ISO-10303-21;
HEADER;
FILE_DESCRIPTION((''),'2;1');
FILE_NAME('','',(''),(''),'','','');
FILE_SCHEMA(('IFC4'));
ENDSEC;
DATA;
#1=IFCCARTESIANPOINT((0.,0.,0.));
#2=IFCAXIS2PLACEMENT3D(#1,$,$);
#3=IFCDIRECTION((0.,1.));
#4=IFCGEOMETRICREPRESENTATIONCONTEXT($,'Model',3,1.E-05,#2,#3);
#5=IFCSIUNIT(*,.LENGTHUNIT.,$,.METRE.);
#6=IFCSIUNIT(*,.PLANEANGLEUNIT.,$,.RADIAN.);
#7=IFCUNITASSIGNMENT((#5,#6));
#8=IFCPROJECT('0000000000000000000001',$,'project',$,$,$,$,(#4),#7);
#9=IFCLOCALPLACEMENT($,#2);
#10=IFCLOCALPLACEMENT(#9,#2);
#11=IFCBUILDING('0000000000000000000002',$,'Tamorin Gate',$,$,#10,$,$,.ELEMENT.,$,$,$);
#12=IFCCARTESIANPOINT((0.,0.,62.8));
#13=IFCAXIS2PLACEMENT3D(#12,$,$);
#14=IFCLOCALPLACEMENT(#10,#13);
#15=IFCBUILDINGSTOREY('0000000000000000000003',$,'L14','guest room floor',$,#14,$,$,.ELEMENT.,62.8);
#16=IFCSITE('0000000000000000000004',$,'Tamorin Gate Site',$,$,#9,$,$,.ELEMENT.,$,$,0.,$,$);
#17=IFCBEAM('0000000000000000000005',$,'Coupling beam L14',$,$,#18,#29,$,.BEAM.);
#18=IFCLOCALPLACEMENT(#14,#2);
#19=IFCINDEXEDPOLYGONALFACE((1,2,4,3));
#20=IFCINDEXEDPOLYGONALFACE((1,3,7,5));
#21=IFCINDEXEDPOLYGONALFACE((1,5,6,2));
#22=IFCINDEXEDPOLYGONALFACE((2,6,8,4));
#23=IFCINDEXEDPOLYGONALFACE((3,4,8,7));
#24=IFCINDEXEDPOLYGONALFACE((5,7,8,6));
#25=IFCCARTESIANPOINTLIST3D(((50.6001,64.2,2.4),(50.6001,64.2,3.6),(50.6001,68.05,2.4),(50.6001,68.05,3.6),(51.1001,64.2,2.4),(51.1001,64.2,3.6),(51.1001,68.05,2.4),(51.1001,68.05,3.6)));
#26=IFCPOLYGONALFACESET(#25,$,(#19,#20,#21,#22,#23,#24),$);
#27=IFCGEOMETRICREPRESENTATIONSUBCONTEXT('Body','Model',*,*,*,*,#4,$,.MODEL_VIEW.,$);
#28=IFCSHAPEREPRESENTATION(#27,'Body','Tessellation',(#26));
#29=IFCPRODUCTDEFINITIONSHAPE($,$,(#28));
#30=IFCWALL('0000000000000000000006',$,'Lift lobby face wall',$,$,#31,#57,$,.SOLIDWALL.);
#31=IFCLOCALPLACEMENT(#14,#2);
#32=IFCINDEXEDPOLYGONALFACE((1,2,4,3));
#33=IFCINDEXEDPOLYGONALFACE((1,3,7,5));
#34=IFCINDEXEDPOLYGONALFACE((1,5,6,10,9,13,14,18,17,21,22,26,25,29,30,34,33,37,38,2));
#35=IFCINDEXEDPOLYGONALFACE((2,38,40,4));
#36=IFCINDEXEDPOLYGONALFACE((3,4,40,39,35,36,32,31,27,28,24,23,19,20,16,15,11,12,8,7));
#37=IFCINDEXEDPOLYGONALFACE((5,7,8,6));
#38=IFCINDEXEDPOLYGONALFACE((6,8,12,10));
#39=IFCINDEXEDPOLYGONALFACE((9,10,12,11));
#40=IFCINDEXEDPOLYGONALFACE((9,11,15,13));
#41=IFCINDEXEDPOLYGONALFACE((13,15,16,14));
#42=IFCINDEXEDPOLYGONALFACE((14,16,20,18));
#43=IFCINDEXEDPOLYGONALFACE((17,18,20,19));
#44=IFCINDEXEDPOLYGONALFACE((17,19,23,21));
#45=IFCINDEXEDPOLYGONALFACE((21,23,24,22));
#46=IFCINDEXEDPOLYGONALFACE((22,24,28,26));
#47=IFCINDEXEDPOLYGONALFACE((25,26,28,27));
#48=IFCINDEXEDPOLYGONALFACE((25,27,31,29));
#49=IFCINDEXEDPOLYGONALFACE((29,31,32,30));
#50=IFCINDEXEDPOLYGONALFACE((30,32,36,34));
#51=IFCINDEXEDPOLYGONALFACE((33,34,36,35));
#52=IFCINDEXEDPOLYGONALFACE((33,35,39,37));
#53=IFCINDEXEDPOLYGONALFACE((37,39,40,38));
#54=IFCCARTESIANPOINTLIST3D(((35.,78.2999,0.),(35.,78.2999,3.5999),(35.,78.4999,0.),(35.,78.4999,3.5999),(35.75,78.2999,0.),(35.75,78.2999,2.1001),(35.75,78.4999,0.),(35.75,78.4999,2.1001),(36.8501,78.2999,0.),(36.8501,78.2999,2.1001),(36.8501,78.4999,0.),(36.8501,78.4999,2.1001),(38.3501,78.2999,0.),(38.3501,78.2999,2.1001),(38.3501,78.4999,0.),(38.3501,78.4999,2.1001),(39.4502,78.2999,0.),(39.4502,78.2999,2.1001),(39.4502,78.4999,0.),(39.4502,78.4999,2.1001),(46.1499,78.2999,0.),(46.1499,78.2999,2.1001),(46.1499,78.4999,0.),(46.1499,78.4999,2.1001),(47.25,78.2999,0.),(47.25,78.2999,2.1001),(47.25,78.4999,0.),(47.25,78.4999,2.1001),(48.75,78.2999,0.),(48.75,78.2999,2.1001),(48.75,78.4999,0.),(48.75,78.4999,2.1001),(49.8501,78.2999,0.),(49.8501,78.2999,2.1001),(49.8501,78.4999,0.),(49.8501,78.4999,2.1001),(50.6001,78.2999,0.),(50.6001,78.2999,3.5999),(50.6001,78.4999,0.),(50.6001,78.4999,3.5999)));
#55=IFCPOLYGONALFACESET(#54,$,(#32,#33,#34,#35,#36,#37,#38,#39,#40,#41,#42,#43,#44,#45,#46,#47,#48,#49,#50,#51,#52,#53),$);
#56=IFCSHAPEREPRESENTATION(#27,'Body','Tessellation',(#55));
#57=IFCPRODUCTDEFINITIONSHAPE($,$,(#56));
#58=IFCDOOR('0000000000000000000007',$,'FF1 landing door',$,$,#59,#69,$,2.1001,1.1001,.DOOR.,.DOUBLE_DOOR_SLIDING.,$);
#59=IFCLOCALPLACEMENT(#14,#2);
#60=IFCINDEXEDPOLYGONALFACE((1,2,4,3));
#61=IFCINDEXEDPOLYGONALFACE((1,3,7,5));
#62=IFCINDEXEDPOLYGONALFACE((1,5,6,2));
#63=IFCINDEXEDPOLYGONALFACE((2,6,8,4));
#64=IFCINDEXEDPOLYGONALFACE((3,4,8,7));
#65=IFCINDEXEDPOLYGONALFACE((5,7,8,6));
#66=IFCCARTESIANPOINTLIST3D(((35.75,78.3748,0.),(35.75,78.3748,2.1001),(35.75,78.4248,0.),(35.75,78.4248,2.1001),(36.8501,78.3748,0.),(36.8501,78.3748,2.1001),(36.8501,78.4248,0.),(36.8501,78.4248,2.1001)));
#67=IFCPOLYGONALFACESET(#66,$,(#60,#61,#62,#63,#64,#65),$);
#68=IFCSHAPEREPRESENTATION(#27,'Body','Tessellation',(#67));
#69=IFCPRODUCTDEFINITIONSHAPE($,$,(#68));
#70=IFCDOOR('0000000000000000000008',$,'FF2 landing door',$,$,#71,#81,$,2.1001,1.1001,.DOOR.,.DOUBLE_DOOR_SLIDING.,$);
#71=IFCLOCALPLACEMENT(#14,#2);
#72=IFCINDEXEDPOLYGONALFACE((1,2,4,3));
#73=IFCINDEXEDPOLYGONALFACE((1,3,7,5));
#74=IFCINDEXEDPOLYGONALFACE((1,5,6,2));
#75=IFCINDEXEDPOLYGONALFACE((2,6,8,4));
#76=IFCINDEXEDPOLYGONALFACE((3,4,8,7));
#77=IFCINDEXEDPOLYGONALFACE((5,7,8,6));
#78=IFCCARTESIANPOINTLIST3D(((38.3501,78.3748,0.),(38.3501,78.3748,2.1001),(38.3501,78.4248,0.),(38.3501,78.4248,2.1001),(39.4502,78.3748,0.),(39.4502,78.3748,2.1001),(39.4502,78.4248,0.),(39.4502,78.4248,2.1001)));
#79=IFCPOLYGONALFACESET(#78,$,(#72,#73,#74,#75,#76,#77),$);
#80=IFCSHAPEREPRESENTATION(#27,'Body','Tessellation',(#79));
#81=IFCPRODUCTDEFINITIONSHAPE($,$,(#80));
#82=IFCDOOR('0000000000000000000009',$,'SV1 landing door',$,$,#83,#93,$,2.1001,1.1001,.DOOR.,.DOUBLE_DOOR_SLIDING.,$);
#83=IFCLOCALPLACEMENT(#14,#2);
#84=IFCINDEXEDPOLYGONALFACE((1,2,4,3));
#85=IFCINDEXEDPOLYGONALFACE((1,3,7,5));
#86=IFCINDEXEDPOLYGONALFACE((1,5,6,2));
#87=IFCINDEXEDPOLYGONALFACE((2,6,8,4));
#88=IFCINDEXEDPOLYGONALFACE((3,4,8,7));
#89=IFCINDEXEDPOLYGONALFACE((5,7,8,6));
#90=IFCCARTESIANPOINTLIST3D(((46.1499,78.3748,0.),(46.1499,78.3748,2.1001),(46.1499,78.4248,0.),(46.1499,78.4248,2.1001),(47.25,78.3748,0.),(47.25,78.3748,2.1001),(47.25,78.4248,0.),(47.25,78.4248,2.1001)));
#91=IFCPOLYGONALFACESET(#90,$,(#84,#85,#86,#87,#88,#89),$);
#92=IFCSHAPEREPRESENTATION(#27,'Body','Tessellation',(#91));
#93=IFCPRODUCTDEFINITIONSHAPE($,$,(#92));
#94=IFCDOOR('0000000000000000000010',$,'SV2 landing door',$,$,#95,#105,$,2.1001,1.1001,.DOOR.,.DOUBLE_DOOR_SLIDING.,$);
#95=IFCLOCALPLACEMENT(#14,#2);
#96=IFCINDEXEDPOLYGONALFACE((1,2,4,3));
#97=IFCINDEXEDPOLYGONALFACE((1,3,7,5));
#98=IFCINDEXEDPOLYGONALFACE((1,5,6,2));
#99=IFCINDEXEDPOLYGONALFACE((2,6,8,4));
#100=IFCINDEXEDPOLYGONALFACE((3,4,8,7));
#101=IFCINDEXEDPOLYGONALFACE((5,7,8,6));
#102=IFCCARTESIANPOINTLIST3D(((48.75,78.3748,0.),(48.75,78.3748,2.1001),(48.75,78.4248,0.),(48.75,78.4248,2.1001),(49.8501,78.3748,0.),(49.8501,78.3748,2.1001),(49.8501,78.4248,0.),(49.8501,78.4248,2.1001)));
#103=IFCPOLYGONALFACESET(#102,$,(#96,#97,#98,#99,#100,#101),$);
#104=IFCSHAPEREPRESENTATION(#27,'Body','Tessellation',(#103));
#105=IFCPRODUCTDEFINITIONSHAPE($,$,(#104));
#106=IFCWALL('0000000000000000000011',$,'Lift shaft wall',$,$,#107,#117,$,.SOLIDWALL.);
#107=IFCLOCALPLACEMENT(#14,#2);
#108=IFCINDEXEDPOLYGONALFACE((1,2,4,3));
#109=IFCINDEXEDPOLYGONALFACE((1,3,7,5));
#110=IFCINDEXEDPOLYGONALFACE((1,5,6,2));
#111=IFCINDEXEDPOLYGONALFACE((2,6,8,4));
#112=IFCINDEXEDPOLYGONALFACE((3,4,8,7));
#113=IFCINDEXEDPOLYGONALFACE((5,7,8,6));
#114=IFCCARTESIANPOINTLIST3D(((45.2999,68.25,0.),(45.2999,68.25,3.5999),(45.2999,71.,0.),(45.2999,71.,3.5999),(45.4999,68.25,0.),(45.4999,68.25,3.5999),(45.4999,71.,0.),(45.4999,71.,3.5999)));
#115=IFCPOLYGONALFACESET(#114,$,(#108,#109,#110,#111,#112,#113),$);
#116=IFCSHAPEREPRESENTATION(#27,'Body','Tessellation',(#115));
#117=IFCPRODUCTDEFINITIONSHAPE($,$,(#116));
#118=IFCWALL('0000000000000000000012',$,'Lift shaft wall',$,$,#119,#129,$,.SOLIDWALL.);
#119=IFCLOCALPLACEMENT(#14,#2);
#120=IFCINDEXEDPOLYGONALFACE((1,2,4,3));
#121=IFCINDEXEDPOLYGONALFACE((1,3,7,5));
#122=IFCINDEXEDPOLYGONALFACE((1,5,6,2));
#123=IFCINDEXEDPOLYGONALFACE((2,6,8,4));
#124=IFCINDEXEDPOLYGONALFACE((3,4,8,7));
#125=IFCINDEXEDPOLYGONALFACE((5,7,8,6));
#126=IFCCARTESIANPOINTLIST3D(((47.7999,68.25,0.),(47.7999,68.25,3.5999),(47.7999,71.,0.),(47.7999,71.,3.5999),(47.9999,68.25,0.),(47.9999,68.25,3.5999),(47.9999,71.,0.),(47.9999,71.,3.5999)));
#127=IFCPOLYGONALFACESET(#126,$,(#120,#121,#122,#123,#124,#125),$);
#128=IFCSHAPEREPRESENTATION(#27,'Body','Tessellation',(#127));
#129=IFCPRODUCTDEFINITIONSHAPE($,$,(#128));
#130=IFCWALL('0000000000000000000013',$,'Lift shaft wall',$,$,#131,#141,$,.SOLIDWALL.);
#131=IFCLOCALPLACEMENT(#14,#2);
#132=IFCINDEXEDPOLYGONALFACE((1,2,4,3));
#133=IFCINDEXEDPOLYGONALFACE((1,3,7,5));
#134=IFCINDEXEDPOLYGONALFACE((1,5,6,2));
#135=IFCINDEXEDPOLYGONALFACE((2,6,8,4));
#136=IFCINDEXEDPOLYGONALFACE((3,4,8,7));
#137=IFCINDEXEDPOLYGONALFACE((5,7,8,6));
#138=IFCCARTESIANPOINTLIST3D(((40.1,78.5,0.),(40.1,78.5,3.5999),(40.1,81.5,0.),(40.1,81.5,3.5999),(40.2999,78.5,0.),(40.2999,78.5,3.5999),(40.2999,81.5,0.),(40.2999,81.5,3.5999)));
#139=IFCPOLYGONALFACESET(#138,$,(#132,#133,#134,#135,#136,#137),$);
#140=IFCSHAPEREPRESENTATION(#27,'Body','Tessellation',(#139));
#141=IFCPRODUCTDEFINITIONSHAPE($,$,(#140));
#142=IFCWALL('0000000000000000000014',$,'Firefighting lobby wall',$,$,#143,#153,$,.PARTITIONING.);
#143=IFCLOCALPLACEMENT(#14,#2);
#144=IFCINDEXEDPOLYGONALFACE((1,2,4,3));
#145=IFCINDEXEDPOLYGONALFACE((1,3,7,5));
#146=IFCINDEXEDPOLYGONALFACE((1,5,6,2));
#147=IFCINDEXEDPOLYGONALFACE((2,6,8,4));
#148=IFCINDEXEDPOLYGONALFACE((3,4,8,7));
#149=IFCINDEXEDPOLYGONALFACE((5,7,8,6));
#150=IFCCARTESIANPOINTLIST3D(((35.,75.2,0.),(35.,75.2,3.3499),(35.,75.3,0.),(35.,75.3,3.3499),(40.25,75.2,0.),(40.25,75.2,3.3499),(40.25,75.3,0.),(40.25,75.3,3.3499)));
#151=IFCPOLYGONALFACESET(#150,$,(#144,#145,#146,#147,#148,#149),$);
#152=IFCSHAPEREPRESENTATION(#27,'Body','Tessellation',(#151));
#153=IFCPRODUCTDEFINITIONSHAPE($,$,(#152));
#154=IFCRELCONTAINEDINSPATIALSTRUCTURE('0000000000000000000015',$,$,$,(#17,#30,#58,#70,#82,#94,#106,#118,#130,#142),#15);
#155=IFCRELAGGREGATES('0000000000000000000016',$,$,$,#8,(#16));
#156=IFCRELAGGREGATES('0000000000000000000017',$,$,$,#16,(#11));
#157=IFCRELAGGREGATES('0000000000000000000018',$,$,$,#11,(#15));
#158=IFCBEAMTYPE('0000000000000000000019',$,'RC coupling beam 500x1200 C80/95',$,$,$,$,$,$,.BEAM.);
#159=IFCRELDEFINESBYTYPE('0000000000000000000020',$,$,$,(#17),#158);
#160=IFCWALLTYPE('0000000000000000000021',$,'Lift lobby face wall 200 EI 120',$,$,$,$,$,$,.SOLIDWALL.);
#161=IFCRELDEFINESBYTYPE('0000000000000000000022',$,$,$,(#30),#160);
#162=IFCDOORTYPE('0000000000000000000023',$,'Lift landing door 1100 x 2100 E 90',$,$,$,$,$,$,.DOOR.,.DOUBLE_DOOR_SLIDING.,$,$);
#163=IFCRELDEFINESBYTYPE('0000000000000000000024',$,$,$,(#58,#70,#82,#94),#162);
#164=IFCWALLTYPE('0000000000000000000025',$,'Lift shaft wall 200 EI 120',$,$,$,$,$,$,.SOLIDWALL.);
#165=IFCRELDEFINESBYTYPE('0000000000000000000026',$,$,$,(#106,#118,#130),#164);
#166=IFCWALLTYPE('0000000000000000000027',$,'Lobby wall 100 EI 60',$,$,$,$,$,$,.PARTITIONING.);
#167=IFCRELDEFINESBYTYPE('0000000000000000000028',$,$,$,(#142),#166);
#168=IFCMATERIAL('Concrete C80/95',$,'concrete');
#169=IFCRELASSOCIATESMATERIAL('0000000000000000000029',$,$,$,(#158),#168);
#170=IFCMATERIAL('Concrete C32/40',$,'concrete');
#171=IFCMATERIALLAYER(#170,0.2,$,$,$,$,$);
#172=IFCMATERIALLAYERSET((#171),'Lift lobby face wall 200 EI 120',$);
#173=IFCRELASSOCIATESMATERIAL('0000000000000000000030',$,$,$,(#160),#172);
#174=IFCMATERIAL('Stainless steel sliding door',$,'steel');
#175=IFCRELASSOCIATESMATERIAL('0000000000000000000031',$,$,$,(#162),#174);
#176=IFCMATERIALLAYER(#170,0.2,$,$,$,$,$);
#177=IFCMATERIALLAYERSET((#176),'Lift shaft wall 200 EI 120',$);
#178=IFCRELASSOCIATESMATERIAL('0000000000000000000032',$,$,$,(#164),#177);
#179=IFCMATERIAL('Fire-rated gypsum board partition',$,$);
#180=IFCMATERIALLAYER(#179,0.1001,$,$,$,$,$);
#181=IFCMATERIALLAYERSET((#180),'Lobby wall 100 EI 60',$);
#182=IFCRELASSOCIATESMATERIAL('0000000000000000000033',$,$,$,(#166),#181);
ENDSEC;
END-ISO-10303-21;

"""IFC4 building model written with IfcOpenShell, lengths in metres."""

from ifc_helpers import new_model, si_unit, direction, frame, frame_2d, origin, origin_2d, place, context, subcontext, project, spatial, rectangle, extrude, material, layer, layer_set, material_profile, profile_set, type_object, element, fill, save


model = new_model("IFC4")

# Units and contexts
model_context = context("Model", 3, precision=1e-05, world=origin(), true_north=direction((0.0, 1.0)))
body_context = subcontext(model_context, "Body", "Model", "MODEL_VIEW")
ifc_project = project(units=[si_unit("LENGTHUNIT", "METRE"), si_unit("PLANEANGLEUNIT", "RADIAN")], contexts=[model_context])

# Site, building, storey
site_placement = place(None, origin())
site = spatial("IfcSite", under=ifc_project, at=site_placement, Name="Tamorin Gate Site", CompositionType="ELEMENT", RefElevation=0.0)
building_placement = place(site_placement, origin())
building = spatial("IfcBuilding", under=site, at=building_placement, Name="Tamorin Gate", CompositionType="ELEMENT")
storey_placement = place(building_placement, frame((0.0, 0.0, 62.8)))
storey = spatial("IfcBuildingStorey", under=building, at=storey_placement, Name="L14", Description="guest room floor", CompositionType="ELEMENT", Elevation=62.8)

# Beam
ifc_material_1 = material(Name="Concrete C80/95", Category="concrete")
ifc_material_profile = material_profile(ifc_material_1, rectangle(XDim=0.5, YDim=1.2, at=origin_2d()), Name="RC 500x1200")
ifc_profile_set = profile_set([ifc_material_profile], Name="Concrete C80/95")
beam_type = type_object("IfcBeamType", Name="RC coupling beam 500x1200 C80/95", PredefinedType="BEAM", material=ifc_profile_set)
beam_placement = place(storey_placement, frame((50.8501, 64.2, 3.0), z_axis=(0.0, 1.0, 0.0), x_axis=(-1.0, 0.0, 0.0)))
element("IfcBeam", 1, at=beam_placement, inside=storey, type_object=beam_type, Name="Coupling beam L14", PredefinedType="BEAM", context=body_context, shape_type="SweptSolid", body=[
    extrude(rectangle(XDim=0.5, YDim=1.2, at=origin_2d()), origin(), (0.0, 0.0, 1.0), 3.8501),
])

# Wall, openings, doors
ifc_material_2 = material(Name="Concrete C32/40", Category="concrete")
ifc_layer_1 = layer(ifc_material_2, 0.2)
ifc_layer_set_1 = layer_set([ifc_layer_1], Name="Lift lobby face wall 200 EI 120")
wall_type_1 = type_object("IfcWallType", Name="Lift lobby face wall 200 EI 120", PredefinedType="SOLIDWALL", material=ifc_layer_set_1)
wall_1_placement = place(storey_placement, frame((35.0, 78.3999, 0.0), z_axis=(0.0, 0.0, 1.0), x_axis=(1.0, 0.0, 0.0)))
wall_1 = element("IfcWall", 2, at=wall_1_placement, inside=storey, type_object=wall_type_1, Name="Lift lobby face wall", PredefinedType="SOLIDWALL", context=body_context, shape_type="SweptSolid", body=[
    extrude(rectangle(XDim=15.6001, YDim=0.2, at=frame_2d((7.8, 0.0))), origin(), (0.0, 0.0, 1.0), 3.5999),
])
opening_1_placement = place(wall_1_placement, frame((0.75, 0.0, 0.0)))
opening_1 = element("IfcOpeningElement", 3, at=opening_1_placement, cuts=wall_1, PredefinedType="OPENING", context=body_context, shape_type="SweptSolid", body=[
    extrude(rectangle(XDim=1.1001, YDim=2.1001, at=frame_2d((0.55, 1.05))), frame((0.0, 0.1099, 0.0), z_axis=(0.0, -1.0, 0.0), x_axis=(1.0, 0.0, 0.0)), (0.0, 0.0, 1.0), 0.22),
])
opening_2_placement = place(wall_1_placement, frame((3.3501, 0.0, 0.0)))
opening_2 = element("IfcOpeningElement", 4, at=opening_2_placement, cuts=wall_1, PredefinedType="OPENING", context=body_context, shape_type="SweptSolid", body=[
    extrude(rectangle(XDim=1.1001, YDim=2.1001, at=frame_2d((0.55, 1.05))), frame((0.0, 0.1099, 0.0), z_axis=(0.0, -1.0, 0.0), x_axis=(1.0, 0.0, 0.0)), (0.0, 0.0, 1.0), 0.22),
])
opening_3_placement = place(wall_1_placement, frame((11.1499, 0.0, 0.0)))
opening_3 = element("IfcOpeningElement", 5, at=opening_3_placement, cuts=wall_1, PredefinedType="OPENING", context=body_context, shape_type="SweptSolid", body=[
    extrude(rectangle(XDim=1.1001, YDim=2.1001, at=frame_2d((0.55, 1.05))), frame((0.0, 0.1099, 0.0), z_axis=(0.0, -1.0, 0.0), x_axis=(1.0, 0.0, 0.0)), (0.0, 0.0, 1.0), 0.22),
])
opening_4_placement = place(wall_1_placement, frame((13.75, 0.0, 0.0)))
opening_4 = element("IfcOpeningElement", 6, at=opening_4_placement, cuts=wall_1, PredefinedType="OPENING", context=body_context, shape_type="SweptSolid", body=[
    extrude(rectangle(XDim=1.1001, YDim=2.1001, at=frame_2d((0.55, 1.05))), frame((0.0, 0.1099, 0.0), z_axis=(0.0, -1.0, 0.0), x_axis=(1.0, 0.0, 0.0)), (0.0, 0.0, 1.0), 0.22),
])
ifc_material_3 = material(Name="Stainless steel sliding door", Category="steel")
door_type_1 = type_object("IfcDoorType", Name="Lift landing door 1100 x 2100 E 90", OperationType="DOUBLE_DOOR_SLIDING", PredefinedType="DOOR", material=ifc_material_3)
door_1_placement = place(opening_1_placement, origin())
door_1 = element("IfcDoor", 7, at=door_1_placement, inside=storey, type_object=door_type_1, Name="FF1 landing door", OperationType="DOUBLE_DOOR_SLIDING", OverallHeight=2.1001, OverallWidth=1.1001, PredefinedType="DOOR", context=body_context, shape_type="SweptSolid", body=[
    extrude(rectangle(XDim=1.1001, YDim=2.1001, at=frame_2d((0.55, 1.05))), frame((0.0, 0.0249, 0.0), z_axis=(0.0, -1.0, 0.0), x_axis=(1.0, 0.0, 0.0)), (0.0, 0.0, 1.0), 0.05),
])
fill(opening_1, door_1)
door_2_placement = place(opening_2_placement, origin())
door_2 = element("IfcDoor", 8, at=door_2_placement, inside=storey, type_object=door_type_1, Name="FF2 landing door", OperationType="DOUBLE_DOOR_SLIDING", OverallHeight=2.1001, OverallWidth=1.1001, PredefinedType="DOOR", context=body_context, shape_type="SweptSolid", body=[
    extrude(rectangle(XDim=1.1001, YDim=2.1001, at=frame_2d((0.55, 1.05))), frame((0.0, 0.0249, 0.0), z_axis=(0.0, -1.0, 0.0), x_axis=(1.0, 0.0, 0.0)), (0.0, 0.0, 1.0), 0.05),
])
fill(opening_2, door_2)
door_3_placement = place(opening_3_placement, origin())
door_3 = element("IfcDoor", 9, at=door_3_placement, inside=storey, type_object=door_type_1, Name="SV1 landing door", OperationType="DOUBLE_DOOR_SLIDING", OverallHeight=2.1001, OverallWidth=1.1001, PredefinedType="DOOR", context=body_context, shape_type="SweptSolid", body=[
    extrude(rectangle(XDim=1.1001, YDim=2.1001, at=frame_2d((0.55, 1.05))), frame((0.0, 0.0249, 0.0), z_axis=(0.0, -1.0, 0.0), x_axis=(1.0, 0.0, 0.0)), (0.0, 0.0, 1.0), 0.05),
])
fill(opening_3, door_3)
door_4_placement = place(opening_4_placement, origin())
door_4 = element("IfcDoor", 10, at=door_4_placement, inside=storey, type_object=door_type_1, Name="SV2 landing door", OperationType="DOUBLE_DOOR_SLIDING", OverallHeight=2.1001, OverallWidth=1.1001, PredefinedType="DOOR", context=body_context, shape_type="SweptSolid", body=[
    extrude(rectangle(XDim=1.1001, YDim=2.1001, at=frame_2d((0.55, 1.05))), frame((0.0, 0.0249, 0.0), z_axis=(0.0, -1.0, 0.0), x_axis=(1.0, 0.0, 0.0)), (0.0, 0.0, 1.0), 0.05),
])
fill(opening_4, door_4)

# Walls
ifc_layer_2 = layer(ifc_material_2, 0.2)
ifc_layer_set_2 = layer_set([ifc_layer_2], Name="Lift shaft wall 200 EI 120")
wall_type_2 = type_object("IfcWallType", Name="Lift shaft wall 200 EI 120", PredefinedType="SOLIDWALL", material=ifc_layer_set_2)
for number, where, z_axis, x_axis, name in (
    (11, (45.3999, 68.25, 0.0), (0.0, 0.0, 1.0), (0.0, 1.0, 0.0), "Lift shaft wall"),
    (12, (47.8999, 68.25, 0.0), (0.0, 0.0, 1.0), (0.0, 1.0, 0.0), "Lift shaft wall"),
):
    element("IfcWall", number, at=place(storey_placement, frame(where, z_axis=z_axis, x_axis=x_axis)), inside=storey, type_object=wall_type_2, Name=name, PredefinedType="SOLIDWALL", context=body_context, shape_type="SweptSolid", body=[
        extrude(rectangle(XDim=2.75, YDim=0.2, at=frame_2d((1.375, 0.0))), origin(), (0.0, 0.0, 1.0), 3.5999),
    ])
wall_2_placement = place(storey_placement, frame((40.2, 78.5, 0.0), z_axis=(0.0, 0.0, 1.0), x_axis=(0.0, 1.0, 0.0)))
element("IfcWall", 13, at=wall_2_placement, inside=storey, type_object=wall_type_2, Name="Lift shaft wall", PredefinedType="SOLIDWALL", context=body_context, shape_type="SweptSolid", body=[
    extrude(rectangle(XDim=3.0, YDim=0.2, at=frame_2d((1.5, 0.0))), origin(), (0.0, 0.0, 1.0), 3.5999),
])
ifc_material_4 = material(Name="Fire-rated gypsum board partition")
ifc_layer_3 = layer(ifc_material_4, 0.1001)
ifc_layer_set_3 = layer_set([ifc_layer_3], Name="Lobby wall 100 EI 60")
wall_type_3 = type_object("IfcWallType", Name="Lobby wall 100 EI 60", PredefinedType="PARTITIONING", material=ifc_layer_set_3)
wall_3_placement = place(storey_placement, frame((35.0, 75.25, 0.0), z_axis=(0.0, 0.0, 1.0), x_axis=(1.0, 0.0, 0.0)))
element("IfcWall", 14, at=wall_3_placement, inside=storey, type_object=wall_type_3, Name="Firefighting lobby wall", PredefinedType="PARTITIONING", context=body_context, shape_type="SweptSolid", body=[
    extrude(rectangle(XDim=5.25, YDim=0.1001, at=frame_2d((2.625, 0.0))), origin(), (0.0, 0.0, 1.0), 3.3499),
])

save(model, "model.ifc")
